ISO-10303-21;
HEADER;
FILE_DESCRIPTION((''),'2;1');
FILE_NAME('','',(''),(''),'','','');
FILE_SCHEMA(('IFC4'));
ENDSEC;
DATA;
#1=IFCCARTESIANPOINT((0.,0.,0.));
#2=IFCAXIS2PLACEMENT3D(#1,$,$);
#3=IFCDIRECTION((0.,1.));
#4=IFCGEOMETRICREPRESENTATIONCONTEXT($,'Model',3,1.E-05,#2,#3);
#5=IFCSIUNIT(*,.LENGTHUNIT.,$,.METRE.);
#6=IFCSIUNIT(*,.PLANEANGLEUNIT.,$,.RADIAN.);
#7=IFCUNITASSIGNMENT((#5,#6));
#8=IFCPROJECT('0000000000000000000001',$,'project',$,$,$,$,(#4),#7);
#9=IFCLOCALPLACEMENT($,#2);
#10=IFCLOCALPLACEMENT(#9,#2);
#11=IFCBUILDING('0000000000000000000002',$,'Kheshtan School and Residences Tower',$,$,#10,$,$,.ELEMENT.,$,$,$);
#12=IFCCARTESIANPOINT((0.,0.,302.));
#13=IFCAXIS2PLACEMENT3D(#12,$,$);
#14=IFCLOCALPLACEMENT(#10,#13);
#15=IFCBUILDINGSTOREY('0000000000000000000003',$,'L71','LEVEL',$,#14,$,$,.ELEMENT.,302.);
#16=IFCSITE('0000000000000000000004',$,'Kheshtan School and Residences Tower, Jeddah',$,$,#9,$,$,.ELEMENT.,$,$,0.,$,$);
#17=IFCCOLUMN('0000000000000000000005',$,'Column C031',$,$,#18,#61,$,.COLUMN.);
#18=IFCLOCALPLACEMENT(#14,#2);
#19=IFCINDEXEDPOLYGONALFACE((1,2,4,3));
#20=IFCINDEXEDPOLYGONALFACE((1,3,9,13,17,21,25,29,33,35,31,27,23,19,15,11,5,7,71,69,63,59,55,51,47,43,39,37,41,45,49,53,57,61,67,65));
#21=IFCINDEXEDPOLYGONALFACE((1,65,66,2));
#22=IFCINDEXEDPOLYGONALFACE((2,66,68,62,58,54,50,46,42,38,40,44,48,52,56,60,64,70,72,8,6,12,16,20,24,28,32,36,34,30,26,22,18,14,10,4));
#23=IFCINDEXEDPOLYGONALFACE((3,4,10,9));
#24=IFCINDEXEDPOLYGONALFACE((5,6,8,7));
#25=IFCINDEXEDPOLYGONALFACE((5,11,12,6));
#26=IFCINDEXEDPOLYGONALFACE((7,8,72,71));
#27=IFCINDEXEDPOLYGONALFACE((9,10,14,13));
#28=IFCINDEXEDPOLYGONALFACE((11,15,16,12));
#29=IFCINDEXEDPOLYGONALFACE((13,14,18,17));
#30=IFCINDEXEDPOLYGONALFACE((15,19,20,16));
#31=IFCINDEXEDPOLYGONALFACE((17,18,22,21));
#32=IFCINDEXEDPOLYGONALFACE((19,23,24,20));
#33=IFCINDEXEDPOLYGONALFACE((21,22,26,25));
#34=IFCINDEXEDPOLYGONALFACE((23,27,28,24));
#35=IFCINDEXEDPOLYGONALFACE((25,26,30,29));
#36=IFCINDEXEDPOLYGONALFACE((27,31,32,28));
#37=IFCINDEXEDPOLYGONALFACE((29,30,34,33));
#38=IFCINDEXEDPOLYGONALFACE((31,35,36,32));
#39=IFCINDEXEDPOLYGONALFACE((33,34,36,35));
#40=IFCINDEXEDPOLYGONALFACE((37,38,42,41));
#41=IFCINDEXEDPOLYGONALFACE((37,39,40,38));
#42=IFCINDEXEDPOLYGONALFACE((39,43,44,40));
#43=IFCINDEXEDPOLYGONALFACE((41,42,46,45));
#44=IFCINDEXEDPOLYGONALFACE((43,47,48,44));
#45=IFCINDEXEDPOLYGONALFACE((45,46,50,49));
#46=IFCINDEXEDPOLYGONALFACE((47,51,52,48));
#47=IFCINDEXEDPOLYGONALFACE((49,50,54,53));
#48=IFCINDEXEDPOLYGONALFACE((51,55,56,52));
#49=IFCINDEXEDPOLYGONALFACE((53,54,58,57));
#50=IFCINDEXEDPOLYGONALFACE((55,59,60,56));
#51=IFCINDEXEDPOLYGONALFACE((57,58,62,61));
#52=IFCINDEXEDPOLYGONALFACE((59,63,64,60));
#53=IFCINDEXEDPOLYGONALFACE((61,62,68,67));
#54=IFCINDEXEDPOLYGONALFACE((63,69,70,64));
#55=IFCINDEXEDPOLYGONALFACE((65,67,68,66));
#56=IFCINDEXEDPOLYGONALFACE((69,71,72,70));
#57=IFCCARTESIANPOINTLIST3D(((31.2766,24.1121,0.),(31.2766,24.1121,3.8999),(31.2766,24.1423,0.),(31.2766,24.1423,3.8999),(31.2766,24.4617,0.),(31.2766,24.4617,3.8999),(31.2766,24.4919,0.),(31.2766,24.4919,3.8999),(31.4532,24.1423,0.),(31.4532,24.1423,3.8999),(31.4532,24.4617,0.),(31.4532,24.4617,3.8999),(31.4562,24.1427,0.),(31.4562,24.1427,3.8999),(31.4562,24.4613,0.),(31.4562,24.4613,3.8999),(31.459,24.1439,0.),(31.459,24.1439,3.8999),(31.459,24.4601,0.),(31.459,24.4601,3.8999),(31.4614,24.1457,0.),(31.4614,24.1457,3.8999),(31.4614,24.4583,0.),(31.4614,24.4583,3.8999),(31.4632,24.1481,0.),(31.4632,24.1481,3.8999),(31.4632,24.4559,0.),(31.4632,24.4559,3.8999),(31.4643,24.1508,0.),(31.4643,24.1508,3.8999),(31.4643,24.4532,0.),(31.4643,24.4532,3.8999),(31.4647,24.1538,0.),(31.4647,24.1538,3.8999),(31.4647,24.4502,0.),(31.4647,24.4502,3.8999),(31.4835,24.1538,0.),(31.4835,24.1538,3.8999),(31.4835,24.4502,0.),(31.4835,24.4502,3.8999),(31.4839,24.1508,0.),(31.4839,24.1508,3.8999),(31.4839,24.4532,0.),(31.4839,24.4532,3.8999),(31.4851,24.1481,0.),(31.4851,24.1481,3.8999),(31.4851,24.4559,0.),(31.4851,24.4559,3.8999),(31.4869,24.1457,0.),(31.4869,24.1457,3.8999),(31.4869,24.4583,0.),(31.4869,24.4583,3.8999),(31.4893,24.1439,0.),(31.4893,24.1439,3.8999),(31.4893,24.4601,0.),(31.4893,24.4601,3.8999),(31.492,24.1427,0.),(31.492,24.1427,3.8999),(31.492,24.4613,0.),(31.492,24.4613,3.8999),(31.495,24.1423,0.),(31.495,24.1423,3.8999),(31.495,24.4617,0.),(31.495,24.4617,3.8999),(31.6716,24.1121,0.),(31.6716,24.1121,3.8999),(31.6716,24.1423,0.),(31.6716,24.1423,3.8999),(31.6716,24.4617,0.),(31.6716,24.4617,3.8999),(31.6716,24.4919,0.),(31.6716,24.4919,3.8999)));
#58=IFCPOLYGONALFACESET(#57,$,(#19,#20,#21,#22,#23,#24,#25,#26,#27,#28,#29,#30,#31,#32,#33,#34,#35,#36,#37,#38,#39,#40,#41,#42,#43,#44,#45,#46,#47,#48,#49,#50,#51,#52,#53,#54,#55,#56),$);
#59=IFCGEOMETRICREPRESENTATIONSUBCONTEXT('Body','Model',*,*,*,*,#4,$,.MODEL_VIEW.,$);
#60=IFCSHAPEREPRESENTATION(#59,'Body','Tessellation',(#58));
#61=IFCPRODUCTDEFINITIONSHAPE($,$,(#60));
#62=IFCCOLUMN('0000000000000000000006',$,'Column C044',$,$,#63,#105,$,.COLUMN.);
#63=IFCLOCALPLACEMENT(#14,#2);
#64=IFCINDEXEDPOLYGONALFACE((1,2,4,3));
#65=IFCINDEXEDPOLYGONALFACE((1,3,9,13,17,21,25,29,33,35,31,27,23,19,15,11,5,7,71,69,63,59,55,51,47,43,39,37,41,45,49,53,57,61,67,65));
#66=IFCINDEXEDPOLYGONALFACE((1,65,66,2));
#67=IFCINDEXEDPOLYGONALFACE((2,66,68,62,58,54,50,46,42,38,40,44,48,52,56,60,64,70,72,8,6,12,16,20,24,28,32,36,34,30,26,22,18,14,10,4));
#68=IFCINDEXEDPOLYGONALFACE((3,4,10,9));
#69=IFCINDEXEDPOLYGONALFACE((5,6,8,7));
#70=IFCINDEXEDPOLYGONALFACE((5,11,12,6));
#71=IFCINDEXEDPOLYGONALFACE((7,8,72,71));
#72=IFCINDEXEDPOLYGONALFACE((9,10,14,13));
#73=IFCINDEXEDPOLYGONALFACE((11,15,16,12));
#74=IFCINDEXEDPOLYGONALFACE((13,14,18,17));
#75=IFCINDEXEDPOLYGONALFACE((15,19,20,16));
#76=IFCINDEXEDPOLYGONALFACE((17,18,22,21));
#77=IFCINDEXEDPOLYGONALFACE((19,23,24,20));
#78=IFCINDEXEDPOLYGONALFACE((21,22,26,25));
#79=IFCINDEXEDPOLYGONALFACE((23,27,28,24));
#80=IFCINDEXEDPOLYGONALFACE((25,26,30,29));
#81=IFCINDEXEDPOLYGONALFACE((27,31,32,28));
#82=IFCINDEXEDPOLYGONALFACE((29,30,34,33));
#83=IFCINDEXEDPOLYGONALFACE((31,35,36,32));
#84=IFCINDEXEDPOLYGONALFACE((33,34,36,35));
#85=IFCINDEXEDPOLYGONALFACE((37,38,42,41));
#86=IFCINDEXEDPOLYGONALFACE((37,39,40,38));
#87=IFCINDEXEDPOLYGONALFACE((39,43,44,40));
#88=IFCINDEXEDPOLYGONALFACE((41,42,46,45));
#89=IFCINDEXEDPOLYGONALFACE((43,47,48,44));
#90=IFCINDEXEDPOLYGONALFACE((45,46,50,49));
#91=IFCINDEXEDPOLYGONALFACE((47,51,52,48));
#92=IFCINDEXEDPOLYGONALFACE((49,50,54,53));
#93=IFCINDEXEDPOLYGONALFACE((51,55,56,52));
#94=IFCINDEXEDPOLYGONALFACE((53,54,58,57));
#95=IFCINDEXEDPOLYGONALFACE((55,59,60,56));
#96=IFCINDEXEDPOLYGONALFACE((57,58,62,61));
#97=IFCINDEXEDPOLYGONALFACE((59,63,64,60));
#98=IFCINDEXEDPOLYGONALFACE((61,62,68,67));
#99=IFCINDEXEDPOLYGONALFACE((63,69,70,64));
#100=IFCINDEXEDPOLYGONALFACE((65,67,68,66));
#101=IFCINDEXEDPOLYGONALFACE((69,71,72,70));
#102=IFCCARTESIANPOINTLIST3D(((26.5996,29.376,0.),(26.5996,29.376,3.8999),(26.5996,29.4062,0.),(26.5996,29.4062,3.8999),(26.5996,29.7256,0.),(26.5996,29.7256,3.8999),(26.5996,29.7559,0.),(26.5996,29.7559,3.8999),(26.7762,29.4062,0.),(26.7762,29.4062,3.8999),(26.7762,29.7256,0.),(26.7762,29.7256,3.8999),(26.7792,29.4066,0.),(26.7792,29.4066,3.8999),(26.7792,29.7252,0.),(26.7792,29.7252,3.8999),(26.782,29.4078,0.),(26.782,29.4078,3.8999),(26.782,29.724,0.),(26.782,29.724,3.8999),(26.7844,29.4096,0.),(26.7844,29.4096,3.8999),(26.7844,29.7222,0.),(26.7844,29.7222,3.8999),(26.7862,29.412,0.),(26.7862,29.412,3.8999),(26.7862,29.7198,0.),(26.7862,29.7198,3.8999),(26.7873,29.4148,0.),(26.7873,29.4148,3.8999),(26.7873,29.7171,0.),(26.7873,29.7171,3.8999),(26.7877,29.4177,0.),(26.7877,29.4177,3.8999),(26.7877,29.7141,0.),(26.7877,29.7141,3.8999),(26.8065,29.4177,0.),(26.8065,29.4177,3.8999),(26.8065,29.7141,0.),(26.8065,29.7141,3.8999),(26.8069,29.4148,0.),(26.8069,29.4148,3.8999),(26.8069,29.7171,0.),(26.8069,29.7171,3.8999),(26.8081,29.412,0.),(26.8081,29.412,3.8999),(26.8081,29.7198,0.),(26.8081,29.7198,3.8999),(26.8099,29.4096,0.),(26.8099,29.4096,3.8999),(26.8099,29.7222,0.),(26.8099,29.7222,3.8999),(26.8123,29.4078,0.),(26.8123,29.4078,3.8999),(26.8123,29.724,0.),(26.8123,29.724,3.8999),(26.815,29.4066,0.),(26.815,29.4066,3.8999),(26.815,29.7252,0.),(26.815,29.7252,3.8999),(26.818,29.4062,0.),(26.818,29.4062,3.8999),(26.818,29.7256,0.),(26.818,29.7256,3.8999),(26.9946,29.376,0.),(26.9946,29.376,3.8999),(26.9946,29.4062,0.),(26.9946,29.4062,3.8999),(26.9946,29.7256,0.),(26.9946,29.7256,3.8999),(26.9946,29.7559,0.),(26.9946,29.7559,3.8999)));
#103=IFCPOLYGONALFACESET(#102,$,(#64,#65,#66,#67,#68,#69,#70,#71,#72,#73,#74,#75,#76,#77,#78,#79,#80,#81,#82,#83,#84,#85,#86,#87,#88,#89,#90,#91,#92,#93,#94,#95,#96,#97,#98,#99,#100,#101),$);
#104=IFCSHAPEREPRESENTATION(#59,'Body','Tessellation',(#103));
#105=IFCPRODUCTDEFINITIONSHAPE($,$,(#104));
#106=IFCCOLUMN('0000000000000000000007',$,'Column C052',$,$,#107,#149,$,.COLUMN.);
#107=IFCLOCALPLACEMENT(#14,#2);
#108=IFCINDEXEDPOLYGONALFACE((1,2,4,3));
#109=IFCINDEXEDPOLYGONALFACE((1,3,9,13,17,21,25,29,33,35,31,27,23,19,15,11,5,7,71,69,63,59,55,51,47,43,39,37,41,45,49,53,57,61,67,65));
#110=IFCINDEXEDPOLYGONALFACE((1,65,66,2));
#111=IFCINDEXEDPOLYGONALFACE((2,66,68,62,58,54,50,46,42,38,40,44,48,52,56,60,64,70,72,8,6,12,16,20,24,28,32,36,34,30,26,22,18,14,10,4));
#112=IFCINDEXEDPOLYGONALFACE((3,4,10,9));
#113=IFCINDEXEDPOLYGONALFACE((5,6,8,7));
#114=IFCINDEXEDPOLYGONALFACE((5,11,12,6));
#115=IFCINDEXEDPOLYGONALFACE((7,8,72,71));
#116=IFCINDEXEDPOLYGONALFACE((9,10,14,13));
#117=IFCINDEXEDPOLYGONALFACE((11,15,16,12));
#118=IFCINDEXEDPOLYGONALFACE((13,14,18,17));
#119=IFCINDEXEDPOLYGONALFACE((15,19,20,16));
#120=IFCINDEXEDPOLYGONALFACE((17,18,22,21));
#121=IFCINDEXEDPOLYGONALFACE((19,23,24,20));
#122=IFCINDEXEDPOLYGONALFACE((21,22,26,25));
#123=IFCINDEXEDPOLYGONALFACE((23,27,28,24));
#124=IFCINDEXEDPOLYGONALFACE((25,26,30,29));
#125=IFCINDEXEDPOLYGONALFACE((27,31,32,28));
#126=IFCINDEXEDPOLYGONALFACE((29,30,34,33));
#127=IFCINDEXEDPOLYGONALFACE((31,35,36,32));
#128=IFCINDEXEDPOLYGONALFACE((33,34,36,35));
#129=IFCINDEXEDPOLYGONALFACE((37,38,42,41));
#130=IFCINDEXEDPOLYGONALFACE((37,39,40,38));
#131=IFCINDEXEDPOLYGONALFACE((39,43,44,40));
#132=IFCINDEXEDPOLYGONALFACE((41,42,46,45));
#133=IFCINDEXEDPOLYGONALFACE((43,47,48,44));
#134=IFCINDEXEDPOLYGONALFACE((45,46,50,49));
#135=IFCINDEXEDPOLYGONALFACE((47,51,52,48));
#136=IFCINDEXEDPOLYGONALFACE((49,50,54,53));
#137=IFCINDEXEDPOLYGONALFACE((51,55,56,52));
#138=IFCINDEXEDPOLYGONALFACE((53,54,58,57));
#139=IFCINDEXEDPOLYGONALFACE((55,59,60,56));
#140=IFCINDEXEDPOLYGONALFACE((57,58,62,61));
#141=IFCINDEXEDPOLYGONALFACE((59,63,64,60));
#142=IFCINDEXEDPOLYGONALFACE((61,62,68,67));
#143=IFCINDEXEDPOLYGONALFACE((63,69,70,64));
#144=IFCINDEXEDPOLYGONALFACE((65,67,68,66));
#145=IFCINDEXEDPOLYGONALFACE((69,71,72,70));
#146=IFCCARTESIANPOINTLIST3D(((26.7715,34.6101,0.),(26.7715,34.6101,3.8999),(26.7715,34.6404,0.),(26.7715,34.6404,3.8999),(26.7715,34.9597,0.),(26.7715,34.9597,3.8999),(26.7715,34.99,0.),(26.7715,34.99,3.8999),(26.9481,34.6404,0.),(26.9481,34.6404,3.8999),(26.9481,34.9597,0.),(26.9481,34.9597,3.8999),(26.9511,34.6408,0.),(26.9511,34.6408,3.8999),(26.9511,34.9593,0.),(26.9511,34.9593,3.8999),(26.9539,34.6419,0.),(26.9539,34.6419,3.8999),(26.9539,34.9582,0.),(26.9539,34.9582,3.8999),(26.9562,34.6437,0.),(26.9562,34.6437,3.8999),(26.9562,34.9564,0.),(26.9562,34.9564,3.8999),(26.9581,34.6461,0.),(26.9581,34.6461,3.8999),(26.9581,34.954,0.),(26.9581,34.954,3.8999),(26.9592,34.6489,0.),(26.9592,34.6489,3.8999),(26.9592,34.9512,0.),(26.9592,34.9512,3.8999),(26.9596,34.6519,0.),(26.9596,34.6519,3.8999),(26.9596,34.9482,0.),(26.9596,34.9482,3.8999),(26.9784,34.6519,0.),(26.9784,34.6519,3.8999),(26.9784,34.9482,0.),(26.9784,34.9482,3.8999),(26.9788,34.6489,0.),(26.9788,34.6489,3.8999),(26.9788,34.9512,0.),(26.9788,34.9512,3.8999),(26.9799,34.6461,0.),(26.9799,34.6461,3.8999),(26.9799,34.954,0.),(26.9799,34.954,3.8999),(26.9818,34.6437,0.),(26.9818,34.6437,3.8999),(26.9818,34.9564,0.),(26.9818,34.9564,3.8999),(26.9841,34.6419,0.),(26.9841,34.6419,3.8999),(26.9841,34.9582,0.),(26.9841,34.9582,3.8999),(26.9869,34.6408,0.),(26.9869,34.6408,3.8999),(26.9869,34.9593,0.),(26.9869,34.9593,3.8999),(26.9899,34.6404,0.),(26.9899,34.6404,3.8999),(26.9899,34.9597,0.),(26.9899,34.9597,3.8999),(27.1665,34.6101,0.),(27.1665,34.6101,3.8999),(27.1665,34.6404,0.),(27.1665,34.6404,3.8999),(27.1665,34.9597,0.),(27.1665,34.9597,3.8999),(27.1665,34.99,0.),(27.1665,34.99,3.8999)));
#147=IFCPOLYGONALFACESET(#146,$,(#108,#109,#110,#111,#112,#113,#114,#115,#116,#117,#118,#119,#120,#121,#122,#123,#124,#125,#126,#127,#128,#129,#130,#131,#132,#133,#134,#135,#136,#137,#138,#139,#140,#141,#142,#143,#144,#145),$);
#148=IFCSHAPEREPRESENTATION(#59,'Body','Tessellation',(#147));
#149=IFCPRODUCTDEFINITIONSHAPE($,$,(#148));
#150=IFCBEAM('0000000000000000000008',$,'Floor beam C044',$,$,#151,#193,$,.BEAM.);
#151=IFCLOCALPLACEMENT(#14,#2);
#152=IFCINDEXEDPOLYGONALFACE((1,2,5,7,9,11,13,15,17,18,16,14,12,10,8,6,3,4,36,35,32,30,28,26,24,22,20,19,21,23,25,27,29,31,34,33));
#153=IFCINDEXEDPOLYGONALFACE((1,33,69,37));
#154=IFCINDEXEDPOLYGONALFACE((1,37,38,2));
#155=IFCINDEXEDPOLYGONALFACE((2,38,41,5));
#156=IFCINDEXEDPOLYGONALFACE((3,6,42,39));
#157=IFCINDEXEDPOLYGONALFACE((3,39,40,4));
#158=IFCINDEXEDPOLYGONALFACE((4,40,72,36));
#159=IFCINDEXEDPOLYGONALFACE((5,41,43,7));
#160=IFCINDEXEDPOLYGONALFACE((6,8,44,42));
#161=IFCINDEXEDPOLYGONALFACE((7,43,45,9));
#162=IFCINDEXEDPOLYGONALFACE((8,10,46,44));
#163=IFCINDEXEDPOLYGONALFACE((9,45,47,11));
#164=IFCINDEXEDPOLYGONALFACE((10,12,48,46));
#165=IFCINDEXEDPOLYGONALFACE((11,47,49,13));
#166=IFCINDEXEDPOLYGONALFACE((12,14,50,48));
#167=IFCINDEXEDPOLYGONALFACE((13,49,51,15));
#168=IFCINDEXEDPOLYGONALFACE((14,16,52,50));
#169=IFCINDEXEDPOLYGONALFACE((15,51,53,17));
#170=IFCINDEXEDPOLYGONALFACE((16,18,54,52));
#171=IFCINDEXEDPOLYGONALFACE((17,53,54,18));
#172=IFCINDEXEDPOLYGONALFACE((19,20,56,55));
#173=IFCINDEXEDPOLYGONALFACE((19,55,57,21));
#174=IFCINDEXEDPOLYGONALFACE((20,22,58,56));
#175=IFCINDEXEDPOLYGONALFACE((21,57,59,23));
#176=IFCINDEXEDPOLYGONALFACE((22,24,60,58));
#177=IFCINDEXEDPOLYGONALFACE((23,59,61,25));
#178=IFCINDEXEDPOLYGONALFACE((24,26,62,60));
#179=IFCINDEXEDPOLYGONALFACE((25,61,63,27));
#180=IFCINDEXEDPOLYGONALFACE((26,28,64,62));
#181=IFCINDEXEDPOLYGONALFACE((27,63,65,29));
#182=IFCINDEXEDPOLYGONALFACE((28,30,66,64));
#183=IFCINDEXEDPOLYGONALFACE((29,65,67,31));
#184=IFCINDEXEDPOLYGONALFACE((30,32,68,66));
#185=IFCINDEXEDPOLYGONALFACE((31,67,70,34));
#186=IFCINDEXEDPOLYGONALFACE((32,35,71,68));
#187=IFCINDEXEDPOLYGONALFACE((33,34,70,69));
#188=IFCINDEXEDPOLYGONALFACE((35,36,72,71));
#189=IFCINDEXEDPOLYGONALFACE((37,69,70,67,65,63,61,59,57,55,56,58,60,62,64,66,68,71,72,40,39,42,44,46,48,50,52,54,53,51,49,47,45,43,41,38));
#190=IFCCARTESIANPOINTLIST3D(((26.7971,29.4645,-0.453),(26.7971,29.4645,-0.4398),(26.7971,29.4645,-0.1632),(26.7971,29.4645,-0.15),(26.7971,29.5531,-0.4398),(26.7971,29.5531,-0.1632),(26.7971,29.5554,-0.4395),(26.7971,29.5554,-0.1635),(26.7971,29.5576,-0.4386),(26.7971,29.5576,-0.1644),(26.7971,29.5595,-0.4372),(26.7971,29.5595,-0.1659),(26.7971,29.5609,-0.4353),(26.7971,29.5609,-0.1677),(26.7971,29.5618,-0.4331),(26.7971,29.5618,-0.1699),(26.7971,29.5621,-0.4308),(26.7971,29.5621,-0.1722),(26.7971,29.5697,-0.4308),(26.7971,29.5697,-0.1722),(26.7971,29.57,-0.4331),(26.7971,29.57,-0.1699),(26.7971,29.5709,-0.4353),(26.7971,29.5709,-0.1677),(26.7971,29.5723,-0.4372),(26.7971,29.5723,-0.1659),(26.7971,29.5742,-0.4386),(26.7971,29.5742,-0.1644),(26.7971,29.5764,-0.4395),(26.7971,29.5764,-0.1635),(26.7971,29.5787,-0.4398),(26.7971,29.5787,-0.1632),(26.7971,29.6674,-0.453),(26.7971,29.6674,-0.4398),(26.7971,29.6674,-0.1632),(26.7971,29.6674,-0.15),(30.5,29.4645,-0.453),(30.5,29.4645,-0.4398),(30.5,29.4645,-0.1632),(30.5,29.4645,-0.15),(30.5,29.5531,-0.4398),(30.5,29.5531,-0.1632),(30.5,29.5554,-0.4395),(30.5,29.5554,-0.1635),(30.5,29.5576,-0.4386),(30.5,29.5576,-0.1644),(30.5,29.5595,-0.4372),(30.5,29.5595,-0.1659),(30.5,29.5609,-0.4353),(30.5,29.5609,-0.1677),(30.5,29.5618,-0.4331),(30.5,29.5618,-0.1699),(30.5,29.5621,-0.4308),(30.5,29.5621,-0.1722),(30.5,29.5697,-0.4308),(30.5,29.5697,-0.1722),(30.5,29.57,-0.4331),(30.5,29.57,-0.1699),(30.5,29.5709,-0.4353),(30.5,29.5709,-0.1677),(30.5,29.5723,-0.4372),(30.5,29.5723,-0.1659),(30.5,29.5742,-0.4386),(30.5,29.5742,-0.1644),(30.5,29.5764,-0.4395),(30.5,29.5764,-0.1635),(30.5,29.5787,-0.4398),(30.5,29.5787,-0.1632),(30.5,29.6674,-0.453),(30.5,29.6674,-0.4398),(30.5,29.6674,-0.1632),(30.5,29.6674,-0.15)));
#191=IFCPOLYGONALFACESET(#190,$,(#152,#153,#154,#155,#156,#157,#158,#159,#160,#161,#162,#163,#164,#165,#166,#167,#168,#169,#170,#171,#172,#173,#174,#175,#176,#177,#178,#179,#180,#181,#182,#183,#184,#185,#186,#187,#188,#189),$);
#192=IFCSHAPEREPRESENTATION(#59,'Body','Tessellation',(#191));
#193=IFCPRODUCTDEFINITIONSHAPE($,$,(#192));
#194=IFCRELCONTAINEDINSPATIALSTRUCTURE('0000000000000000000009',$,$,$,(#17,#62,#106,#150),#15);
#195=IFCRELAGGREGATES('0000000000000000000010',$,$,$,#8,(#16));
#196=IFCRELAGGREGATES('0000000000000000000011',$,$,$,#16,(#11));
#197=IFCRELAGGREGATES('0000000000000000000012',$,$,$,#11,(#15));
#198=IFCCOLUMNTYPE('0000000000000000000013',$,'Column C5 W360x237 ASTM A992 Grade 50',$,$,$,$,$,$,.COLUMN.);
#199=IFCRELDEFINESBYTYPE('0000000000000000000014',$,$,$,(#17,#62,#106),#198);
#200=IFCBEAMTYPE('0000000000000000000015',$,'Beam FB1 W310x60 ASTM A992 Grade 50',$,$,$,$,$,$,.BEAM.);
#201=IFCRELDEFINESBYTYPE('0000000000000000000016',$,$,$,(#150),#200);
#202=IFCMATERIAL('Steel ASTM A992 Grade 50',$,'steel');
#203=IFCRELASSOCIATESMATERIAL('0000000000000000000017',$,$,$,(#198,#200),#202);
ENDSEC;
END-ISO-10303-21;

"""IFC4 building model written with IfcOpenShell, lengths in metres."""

from ifc_helpers import new_model, si_unit, direction, frame, origin, origin_2d, place, context, subcontext, project, spatial, i_section, extrude, material, material_profile, profile_set, type_object, element, save


model = new_model("IFC4")

# Units and contexts
model_context = context("Model", 3, precision=1e-05, world=origin(), true_north=direction((0.0, 1.0)))
body_context = subcontext(model_context, "Body", "Model", "MODEL_VIEW")
ifc_project = project(units=[si_unit("LENGTHUNIT", "METRE"), si_unit("PLANEANGLEUNIT", "RADIAN")], contexts=[model_context])

# Site, building, storey
site_placement = place(None, origin())
site = spatial("IfcSite", under=ifc_project, at=site_placement, Name="Kheshtan School and Residences Tower, Jeddah", CompositionType="ELEMENT", RefElevation=0.0)
building_placement = place(site_placement, origin())
building = spatial("IfcBuilding", under=site, at=building_placement, Name="Kheshtan School and Residences Tower", CompositionType="ELEMENT")
storey_placement = place(building_placement, frame((0.0, 0.0, 302.0)))
storey = spatial("IfcBuildingStorey", under=building, at=storey_placement, Name="L71", Description="LEVEL", CompositionType="ELEMENT", Elevation=302.0)

# Columns
ifc_material_1 = material(Name="Steel ASTM A992 Grade 50", Category="steel")
ifc_material_profile_1 = material_profile(ifc_material_1, i_section(OverallWidth=0.395, OverallDepth=0.3799, WebThickness=0.0188, FlangeThickness=0.0303, FilletRadius=0.0115, at=origin_2d()), Name="W360x237")
ifc_profile_set_1 = profile_set([ifc_material_profile_1], Name="Steel ASTM A992 Grade 50")
column_type = type_object("IfcColumnType", Name="Column C5 W360x237 ASTM A992 Grade 50", PredefinedType="COLUMN", material=ifc_profile_set_1)
for number, where, z_axis, x_axis, name in (
    (1, (31.4741, 24.302, 0.0), (0.0, 0.0, 1.0), (1.0, 0.0, 0.0), "Column C031"),
    (2, (26.7971, 29.5659, 0.0), (0.0, 0.0, 1.0), (1.0, 0.0, 0.0), "Column C044"),
    (3, (26.969, 34.8, 0.0), (0.0, 0.0, 1.0), (1.0, 0.0, 0.0), "Column C052"),
):
    element("IfcColumn", number, at=place(storey_placement, frame(where, z_axis=z_axis, x_axis=x_axis)), inside=storey, type_object=column_type, Name=name, PredefinedType="COLUMN", context=body_context, shape_type="SweptSolid", body=[
        extrude(i_section(OverallWidth=0.395, OverallDepth=0.3799, WebThickness=0.0188, FlangeThickness=0.0303, FilletRadius=0.0115, at=origin_2d()), origin(), (0.0, 0.0, 1.0), 3.8999),
    ])

# Beam
ifc_material_profile_2 = material_profile(ifc_material_1, i_section(OverallWidth=0.2029, OverallDepth=0.303, WebThickness=0.0076, FlangeThickness=0.0132, FilletRadius=0.009, at=origin_2d()), Name="W310x60")
ifc_profile_set_2 = profile_set([ifc_material_profile_2], Name="Steel ASTM A992 Grade 50")
beam_type_1 = type_object("IfcBeamType", Name="Beam FB1 W310x60 ASTM A992 Grade 50", PredefinedType="BEAM", material=ifc_profile_set_2)
beam_1_placement = place(storey_placement, frame((26.7971, 29.5659, -0.3015), z_axis=(1.0, 0.0, 0.0), x_axis=(0.0, 1.0, 0.0)))
element("IfcBeam", 4, at=beam_1_placement, inside=storey, type_object=beam_type_1, Name="Floor beam C044", PredefinedType="BEAM", context=body_context, shape_type="SweptSolid", body=[
    extrude(i_section(OverallWidth=0.2029, OverallDepth=0.303, WebThickness=0.0076, FlangeThickness=0.0132, FilletRadius=0.009, at=origin_2d()), origin(), (0.0, 0.0, 1.0), 3.7029),
])

save(model, "model.ifc")
